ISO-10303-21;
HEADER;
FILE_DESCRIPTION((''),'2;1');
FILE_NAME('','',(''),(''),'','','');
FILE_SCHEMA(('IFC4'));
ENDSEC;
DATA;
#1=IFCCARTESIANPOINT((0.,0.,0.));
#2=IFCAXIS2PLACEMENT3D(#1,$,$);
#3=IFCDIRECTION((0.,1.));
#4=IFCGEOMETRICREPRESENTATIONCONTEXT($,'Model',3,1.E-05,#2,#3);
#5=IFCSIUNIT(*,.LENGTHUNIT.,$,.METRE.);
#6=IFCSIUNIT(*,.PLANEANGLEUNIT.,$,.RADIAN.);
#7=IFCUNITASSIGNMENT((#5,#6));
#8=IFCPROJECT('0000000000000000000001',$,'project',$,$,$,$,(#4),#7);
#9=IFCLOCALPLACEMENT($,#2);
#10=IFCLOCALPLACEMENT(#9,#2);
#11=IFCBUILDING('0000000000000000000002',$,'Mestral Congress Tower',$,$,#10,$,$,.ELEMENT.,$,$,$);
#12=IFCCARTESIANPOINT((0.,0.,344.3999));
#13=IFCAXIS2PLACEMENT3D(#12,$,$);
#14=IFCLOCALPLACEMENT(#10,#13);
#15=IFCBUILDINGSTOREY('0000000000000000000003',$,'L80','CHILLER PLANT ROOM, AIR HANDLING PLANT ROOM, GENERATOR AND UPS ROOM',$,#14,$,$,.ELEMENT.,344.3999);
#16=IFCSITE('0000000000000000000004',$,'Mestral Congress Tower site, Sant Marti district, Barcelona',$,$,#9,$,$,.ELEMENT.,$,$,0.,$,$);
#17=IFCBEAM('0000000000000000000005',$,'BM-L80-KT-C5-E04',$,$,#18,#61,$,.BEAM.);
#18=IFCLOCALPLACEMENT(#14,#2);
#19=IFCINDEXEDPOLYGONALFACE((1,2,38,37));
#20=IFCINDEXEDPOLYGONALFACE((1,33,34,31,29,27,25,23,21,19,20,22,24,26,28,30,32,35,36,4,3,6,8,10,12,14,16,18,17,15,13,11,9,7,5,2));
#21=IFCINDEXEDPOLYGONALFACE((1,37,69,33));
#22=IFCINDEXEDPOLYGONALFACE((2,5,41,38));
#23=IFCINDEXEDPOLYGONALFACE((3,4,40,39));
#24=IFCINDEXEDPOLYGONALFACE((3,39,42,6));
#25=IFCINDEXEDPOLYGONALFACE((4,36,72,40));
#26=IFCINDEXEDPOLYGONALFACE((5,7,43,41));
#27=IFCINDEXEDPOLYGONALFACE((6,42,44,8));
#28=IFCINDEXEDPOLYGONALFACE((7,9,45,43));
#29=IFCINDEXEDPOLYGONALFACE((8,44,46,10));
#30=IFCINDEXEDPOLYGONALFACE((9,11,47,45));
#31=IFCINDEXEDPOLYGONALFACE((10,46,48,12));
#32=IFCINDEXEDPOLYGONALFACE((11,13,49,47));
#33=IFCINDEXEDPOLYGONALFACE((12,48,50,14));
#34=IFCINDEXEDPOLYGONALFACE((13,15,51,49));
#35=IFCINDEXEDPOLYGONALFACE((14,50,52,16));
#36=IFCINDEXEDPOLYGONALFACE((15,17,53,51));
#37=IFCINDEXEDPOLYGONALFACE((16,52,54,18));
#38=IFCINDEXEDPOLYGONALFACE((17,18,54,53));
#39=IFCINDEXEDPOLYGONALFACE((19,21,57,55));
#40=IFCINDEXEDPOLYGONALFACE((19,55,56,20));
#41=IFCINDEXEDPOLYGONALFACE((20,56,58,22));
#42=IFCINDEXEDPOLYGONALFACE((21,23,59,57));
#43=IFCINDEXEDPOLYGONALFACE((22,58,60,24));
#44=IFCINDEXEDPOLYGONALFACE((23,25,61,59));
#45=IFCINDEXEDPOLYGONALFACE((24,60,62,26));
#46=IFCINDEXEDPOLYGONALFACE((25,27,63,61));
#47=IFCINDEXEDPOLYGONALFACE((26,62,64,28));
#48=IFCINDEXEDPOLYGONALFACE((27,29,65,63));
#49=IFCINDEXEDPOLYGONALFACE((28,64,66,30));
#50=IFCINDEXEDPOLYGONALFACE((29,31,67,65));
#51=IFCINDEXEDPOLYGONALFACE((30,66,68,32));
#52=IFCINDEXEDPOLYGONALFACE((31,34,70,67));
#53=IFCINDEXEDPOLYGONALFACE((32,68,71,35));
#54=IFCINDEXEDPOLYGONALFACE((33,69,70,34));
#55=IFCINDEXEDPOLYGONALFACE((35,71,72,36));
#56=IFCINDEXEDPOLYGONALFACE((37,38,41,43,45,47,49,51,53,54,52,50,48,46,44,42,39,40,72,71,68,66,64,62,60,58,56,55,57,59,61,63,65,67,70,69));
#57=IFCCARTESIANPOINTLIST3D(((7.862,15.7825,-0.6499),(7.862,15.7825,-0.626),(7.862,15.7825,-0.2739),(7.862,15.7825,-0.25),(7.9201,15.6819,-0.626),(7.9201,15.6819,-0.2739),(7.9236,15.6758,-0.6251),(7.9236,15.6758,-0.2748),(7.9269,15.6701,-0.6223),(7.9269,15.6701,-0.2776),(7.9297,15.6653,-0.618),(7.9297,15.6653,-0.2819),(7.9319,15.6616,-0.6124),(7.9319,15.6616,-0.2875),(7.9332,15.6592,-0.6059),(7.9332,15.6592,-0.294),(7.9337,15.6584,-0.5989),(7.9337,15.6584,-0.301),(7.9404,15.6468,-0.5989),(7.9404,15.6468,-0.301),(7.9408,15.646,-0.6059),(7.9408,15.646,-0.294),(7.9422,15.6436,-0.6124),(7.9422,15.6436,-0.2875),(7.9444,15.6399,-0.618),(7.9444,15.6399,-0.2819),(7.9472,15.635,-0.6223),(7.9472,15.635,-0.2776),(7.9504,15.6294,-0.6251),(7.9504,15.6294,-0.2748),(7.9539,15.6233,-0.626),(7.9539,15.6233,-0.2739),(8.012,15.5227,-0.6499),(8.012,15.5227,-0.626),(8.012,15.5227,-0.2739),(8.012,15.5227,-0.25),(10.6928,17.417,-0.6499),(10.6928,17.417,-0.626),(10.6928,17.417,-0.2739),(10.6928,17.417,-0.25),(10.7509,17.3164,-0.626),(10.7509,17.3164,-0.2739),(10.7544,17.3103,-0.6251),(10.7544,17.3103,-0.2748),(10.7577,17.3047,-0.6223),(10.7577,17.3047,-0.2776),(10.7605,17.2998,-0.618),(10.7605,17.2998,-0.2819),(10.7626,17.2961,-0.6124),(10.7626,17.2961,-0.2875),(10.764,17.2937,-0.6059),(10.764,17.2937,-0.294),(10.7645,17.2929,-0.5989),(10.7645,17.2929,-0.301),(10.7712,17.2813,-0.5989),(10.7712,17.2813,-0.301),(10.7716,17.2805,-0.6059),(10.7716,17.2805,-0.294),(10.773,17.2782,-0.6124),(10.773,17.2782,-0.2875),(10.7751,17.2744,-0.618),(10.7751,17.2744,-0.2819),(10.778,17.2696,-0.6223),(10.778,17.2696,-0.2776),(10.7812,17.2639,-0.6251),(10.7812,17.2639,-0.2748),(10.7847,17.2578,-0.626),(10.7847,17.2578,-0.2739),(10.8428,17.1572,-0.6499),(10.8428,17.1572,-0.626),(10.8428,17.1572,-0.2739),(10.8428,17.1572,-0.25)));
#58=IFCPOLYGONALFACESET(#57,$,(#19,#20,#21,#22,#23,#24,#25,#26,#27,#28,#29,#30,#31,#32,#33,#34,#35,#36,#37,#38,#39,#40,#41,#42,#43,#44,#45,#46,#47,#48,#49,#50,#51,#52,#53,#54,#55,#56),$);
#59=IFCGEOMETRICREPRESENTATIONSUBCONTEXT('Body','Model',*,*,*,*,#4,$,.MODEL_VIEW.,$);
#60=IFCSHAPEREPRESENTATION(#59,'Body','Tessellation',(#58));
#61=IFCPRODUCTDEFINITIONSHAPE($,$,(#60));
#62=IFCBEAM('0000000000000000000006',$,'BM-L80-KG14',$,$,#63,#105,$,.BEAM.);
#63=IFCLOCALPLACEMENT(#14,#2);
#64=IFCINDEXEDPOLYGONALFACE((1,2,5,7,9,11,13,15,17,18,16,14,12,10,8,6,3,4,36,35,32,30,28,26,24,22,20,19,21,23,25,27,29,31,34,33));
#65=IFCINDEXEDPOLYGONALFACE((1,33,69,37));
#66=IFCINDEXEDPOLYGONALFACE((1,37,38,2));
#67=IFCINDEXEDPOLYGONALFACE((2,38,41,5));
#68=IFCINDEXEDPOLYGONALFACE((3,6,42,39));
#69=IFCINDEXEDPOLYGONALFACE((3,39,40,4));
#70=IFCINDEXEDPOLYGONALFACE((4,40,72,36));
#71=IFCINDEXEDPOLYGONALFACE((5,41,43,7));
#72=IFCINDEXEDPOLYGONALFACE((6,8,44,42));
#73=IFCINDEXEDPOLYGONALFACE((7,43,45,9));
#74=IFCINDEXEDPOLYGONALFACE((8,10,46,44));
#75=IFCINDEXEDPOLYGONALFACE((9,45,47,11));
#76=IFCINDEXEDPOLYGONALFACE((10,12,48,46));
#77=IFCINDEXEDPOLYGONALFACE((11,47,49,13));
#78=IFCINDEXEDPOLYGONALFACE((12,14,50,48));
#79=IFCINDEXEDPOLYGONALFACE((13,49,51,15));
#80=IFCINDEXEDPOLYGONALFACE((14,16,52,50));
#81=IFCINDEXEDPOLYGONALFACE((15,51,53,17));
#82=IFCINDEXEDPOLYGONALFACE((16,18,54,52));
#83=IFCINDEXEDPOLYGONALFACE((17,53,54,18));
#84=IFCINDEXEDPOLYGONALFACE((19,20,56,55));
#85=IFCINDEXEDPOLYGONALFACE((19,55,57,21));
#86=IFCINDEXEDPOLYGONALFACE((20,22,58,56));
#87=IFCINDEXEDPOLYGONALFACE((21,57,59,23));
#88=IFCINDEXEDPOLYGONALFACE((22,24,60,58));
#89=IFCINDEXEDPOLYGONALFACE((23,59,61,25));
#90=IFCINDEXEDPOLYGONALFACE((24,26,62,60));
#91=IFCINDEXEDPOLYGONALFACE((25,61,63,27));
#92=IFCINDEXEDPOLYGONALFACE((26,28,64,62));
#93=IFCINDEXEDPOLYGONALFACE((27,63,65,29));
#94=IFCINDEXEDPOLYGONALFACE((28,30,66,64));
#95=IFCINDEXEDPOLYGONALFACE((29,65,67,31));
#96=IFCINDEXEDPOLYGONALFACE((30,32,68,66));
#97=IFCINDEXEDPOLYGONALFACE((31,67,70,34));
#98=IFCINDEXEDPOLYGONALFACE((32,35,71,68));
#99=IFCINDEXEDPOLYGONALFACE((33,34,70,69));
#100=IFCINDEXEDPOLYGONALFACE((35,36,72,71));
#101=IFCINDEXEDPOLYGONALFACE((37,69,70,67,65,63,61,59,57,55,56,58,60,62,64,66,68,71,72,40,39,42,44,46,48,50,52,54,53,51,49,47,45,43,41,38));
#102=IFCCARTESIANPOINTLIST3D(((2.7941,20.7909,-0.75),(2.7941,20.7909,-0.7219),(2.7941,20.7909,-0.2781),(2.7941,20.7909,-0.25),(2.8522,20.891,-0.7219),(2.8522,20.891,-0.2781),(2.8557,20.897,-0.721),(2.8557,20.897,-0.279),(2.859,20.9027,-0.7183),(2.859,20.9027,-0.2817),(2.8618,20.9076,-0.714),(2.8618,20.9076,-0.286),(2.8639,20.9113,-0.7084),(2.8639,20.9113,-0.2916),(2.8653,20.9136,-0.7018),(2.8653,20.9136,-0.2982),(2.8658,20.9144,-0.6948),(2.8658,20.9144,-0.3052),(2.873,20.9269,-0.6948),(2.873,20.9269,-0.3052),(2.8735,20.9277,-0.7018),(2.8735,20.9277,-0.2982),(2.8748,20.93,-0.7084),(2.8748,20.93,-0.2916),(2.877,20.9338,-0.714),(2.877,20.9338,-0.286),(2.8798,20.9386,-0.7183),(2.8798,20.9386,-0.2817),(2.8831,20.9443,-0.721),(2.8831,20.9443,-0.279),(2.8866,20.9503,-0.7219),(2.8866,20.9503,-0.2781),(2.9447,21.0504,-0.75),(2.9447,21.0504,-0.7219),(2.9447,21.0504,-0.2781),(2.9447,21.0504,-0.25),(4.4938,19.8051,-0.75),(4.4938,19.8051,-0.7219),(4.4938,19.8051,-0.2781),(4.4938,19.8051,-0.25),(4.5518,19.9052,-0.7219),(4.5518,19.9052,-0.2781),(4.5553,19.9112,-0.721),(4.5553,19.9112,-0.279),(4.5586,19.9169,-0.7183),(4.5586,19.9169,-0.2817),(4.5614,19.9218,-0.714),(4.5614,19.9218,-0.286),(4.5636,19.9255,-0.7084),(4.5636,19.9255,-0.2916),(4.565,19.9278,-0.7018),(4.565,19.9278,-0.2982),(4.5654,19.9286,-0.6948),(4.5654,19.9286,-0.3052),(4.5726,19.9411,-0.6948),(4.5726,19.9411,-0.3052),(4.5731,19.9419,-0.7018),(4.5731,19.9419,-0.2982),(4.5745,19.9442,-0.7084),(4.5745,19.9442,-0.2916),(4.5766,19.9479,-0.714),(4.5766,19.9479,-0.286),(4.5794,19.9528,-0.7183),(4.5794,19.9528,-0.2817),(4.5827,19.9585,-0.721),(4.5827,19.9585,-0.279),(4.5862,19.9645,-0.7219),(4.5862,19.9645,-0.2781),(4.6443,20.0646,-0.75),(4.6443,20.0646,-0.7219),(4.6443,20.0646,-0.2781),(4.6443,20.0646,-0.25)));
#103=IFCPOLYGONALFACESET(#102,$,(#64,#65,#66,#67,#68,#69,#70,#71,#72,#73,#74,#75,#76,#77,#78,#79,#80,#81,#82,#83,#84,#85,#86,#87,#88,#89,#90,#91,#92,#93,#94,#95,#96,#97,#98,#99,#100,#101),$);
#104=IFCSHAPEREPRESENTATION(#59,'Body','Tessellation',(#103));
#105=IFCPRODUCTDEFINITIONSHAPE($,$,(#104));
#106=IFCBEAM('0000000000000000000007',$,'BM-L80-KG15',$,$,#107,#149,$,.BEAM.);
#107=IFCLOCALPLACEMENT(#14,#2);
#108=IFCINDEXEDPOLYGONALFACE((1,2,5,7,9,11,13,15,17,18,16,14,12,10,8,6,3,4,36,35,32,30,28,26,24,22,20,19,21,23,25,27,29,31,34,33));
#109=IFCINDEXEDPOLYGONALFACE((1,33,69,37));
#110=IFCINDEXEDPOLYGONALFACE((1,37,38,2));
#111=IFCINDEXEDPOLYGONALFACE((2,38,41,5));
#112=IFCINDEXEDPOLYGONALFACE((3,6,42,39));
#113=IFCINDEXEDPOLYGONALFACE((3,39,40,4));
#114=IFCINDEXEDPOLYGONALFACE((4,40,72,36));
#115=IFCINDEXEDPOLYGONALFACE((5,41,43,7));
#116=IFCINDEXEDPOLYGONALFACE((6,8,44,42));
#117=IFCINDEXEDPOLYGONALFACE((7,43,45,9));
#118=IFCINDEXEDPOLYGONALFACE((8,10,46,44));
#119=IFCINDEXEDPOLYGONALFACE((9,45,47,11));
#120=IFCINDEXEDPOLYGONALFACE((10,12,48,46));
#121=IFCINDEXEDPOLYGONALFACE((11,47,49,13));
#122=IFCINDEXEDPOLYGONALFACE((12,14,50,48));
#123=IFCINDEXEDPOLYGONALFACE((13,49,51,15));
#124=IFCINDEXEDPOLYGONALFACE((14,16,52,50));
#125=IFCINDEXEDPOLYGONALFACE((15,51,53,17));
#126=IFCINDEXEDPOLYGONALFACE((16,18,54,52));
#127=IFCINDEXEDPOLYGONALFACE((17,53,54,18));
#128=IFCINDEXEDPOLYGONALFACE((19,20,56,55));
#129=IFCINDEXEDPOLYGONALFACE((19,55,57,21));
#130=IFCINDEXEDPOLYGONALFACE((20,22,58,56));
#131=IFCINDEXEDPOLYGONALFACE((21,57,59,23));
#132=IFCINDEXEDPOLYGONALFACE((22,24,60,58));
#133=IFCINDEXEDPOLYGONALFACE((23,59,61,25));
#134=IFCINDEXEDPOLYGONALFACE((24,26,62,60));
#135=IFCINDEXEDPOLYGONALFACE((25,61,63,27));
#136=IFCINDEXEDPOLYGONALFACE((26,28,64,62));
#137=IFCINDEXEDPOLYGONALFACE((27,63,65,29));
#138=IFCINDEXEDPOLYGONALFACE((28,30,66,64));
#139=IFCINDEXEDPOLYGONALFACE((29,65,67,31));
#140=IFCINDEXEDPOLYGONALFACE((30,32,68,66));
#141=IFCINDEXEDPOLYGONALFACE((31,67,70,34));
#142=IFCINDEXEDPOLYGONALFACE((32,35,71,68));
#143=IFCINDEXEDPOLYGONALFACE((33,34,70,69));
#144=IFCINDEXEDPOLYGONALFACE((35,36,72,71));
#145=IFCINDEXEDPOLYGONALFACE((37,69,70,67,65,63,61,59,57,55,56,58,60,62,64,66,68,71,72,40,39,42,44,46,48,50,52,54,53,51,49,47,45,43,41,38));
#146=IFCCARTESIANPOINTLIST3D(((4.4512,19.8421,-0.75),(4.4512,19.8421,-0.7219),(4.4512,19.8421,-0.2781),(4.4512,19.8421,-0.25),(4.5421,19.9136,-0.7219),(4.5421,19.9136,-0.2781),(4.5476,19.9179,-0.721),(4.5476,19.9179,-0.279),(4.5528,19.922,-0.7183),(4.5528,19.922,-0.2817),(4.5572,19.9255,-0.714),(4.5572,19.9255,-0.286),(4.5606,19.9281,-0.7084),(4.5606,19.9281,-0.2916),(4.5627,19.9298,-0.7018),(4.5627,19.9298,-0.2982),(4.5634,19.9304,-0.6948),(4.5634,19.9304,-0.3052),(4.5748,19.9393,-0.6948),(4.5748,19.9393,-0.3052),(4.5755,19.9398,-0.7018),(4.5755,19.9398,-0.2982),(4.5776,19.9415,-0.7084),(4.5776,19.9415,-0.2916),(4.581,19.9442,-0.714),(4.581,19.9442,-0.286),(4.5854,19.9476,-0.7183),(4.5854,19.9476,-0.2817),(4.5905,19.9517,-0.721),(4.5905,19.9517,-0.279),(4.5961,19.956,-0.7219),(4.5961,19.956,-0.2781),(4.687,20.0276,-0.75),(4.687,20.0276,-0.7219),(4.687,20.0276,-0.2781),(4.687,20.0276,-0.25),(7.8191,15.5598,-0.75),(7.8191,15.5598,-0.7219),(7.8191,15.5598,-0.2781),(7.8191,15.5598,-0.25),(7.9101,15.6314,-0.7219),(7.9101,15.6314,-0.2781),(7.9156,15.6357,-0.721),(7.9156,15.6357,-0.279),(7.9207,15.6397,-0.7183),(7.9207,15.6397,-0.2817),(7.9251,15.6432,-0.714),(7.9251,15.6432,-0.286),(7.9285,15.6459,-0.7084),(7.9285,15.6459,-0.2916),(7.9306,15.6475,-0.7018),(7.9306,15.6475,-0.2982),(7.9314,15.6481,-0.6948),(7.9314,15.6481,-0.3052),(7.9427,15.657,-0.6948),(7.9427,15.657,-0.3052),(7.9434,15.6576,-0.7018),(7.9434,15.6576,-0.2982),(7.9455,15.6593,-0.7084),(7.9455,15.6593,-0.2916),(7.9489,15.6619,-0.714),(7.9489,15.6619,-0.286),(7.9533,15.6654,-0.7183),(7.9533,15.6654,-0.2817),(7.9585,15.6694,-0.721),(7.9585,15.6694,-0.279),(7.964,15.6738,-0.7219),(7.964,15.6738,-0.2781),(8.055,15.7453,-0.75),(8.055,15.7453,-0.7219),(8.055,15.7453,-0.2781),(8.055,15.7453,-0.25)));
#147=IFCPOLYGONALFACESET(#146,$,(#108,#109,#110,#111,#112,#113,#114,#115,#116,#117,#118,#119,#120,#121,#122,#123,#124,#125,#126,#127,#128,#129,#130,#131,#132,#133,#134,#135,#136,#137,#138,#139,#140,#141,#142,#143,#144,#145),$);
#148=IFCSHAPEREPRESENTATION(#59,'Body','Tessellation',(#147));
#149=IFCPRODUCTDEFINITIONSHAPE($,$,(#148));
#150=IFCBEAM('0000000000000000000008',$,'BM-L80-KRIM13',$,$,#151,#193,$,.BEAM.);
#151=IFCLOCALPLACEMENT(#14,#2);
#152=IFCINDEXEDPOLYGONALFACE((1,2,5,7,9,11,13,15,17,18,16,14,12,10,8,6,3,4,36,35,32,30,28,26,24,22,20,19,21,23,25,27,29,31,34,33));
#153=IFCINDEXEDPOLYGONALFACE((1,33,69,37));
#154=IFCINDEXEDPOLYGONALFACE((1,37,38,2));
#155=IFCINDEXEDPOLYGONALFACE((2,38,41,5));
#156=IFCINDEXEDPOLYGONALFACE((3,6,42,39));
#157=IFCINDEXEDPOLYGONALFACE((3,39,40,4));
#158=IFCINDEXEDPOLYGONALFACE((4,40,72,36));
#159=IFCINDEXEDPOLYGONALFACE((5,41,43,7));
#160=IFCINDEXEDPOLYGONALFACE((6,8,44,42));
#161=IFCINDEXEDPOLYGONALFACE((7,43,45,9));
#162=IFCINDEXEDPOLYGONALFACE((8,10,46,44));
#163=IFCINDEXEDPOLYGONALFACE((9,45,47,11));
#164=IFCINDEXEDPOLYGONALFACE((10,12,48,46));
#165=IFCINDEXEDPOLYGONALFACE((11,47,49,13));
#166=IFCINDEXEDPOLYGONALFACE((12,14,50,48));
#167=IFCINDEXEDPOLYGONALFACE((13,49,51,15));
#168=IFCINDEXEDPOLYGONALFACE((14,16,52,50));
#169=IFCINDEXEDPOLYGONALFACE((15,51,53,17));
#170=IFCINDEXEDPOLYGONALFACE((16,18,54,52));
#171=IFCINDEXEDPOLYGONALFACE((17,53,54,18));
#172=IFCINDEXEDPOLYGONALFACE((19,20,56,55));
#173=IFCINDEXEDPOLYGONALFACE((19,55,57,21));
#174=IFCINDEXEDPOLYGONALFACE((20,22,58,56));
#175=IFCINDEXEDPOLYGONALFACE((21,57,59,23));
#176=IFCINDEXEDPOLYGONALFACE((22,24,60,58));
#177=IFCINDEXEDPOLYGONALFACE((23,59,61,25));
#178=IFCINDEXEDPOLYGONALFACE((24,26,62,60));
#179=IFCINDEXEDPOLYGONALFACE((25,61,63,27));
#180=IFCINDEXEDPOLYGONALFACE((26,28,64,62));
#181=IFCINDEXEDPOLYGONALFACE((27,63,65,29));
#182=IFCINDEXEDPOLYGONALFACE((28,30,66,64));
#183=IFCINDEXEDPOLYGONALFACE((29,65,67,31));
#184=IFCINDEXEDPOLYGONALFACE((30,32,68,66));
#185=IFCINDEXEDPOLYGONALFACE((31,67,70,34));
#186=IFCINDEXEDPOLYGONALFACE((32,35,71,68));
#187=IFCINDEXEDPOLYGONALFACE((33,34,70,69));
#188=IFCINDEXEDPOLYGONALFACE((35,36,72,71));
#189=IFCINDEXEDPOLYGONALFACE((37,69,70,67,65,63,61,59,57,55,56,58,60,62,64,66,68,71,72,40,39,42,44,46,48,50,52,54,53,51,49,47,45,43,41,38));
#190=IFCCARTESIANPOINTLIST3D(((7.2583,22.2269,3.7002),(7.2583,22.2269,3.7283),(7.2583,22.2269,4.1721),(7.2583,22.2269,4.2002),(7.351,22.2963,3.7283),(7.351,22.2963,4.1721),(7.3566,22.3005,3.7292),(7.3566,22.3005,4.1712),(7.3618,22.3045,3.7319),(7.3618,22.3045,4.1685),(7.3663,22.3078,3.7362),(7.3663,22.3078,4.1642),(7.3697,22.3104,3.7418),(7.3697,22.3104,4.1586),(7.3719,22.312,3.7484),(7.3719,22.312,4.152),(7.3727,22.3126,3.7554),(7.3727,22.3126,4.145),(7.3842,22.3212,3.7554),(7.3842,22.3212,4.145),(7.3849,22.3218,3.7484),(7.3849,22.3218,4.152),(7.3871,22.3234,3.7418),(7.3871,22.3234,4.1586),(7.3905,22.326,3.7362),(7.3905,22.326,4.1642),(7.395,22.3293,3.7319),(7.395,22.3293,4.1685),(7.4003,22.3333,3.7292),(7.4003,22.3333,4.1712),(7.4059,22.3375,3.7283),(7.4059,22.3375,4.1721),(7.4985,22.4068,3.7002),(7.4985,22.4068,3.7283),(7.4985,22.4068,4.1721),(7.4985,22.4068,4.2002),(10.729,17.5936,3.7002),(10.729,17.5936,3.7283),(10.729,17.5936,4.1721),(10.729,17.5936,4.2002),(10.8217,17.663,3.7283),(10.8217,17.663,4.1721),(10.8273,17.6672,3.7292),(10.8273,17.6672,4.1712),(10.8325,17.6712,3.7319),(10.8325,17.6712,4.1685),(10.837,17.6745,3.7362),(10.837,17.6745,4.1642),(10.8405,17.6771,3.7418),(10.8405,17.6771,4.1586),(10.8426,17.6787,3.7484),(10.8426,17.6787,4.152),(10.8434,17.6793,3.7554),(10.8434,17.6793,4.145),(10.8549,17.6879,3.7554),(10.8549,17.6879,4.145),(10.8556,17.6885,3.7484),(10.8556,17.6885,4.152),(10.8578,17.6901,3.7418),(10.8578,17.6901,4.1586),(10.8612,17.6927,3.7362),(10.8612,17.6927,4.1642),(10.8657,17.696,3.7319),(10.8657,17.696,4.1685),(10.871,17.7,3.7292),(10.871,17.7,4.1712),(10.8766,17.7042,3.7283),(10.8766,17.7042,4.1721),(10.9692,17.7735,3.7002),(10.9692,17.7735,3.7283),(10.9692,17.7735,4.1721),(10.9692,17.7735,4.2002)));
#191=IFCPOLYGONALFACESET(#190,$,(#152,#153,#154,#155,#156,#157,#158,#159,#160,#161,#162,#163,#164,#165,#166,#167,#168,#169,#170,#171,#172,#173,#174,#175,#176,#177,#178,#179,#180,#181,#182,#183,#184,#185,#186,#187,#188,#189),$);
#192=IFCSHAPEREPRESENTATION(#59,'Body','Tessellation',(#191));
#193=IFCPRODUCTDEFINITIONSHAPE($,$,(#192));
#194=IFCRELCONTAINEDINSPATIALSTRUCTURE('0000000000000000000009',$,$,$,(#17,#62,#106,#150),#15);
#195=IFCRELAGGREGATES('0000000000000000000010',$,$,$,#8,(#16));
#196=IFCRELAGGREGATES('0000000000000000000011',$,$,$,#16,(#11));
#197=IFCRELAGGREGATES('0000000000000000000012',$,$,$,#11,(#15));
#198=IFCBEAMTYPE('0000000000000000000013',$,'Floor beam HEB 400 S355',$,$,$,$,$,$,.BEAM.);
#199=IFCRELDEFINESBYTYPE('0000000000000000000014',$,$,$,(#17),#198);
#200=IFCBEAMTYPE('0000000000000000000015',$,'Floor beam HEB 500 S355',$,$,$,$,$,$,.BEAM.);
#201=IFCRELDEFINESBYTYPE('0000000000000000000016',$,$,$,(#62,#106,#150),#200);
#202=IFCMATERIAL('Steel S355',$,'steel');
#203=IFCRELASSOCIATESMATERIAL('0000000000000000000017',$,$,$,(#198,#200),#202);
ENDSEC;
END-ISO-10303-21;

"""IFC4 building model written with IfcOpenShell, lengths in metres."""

from ifc_helpers import new_model, si_unit, direction, frame, origin, origin_2d, place, context, subcontext, project, spatial, i_section, extrude, material, material_profile, profile_set, type_object, element, save


model = new_model("IFC4")

# Units and contexts
model_context = context("Model", 3, precision=1e-05, world=origin(), true_north=direction((0.0, 1.0)))
body_context = subcontext(model_context, "Body", "Model", "MODEL_VIEW")
ifc_project = project(units=[si_unit("LENGTHUNIT", "METRE"), si_unit("PLANEANGLEUNIT", "RADIAN")], contexts=[model_context])

# Site, building, storey
site_placement = place(None, origin())
site = spatial("IfcSite", under=ifc_project, at=site_placement, Name="Mestral Congress Tower site, Sant Marti district, Barcelona", CompositionType="ELEMENT", RefElevation=0.0)
building_placement = place(site_placement, origin())
building = spatial("IfcBuilding", under=site, at=building_placement, Name="Mestral Congress Tower", CompositionType="ELEMENT")
storey_placement = place(building_placement, frame((0.0, 0.0, 344.3999)))
storey = spatial("IfcBuildingStorey", under=building, at=storey_placement, Name="L80", Description="CHILLER PLANT ROOM, AIR HANDLING PLANT ROOM, GENERATOR AND UPS ROOM", CompositionType="ELEMENT", Elevation=344.3999)

# Shared definitions
ifc_material_1 = material(Name="Steel S355", Category="steel")

# Beams
ifc_material_profile_1 = material_profile(ifc_material_1, i_section(OverallWidth=0.3, OverallDepth=0.3999, WebThickness=0.0134, FlangeThickness=0.0239, FilletRadius=0.0271, at=origin_2d()), Name="HEB 400")
ifc_profile_set_1 = profile_set([ifc_material_profile_1], Name="Steel S355")
beam_type_1 = type_object("IfcBeamType", Name="Floor beam HEB 400 S355", PredefinedType="BEAM", material=ifc_profile_set_1)
beam_1_placement = place(storey_placement, frame((10.7678, 17.2871, -0.45), z_axis=(-0.866005, -0.500035, 0.0), x_axis=(0.500035, -0.866005, 0.0)))
element("IfcBeam", 1, at=beam_1_placement, inside=storey, type_object=beam_type_1, Name="BM-L80-KT-C5-E04", PredefinedType="BEAM", context=body_context, shape_type="SweptSolid", body=[
    extrude(i_section(OverallWidth=0.3, OverallDepth=0.3999, WebThickness=0.0134, FlangeThickness=0.0239, FilletRadius=0.0271, at=origin_2d()), origin(), (0.0, 0.0, 1.0), 3.2688),
])
ifc_material_profile_2 = material_profile(ifc_material_1, i_section(OverallWidth=0.3, OverallDepth=0.5, WebThickness=0.0144, FlangeThickness=0.0281, FilletRadius=0.0271, at=origin_2d()), Name="HEB 500")
ifc_profile_set_2 = profile_set([ifc_material_profile_2], Name="Steel S355")
beam_type_2 = type_object("IfcBeamType", Name="Floor beam HEB 500 S355", PredefinedType="BEAM", material=ifc_profile_set_2)
beam_2_placement = place(storey_placement, frame((2.8694, 20.9207, -0.5), z_axis=(0.865029, -0.501722, 0.0), x_axis=(0.501722, 0.865029, 0.0)))
element("IfcBeam", 2, at=beam_2_placement, inside=storey, type_object=beam_type_2, Name="BM-L80-KG14", PredefinedType="BEAM", context=body_context, shape_type="SweptSolid", body=[
    extrude(i_section(OverallWidth=0.3, OverallDepth=0.5, WebThickness=0.0144, FlangeThickness=0.0281, FilletRadius=0.0271, at=origin_2d()), origin(), (0.0, 0.0, 1.0), 1.9648),
])
beam_3_placement = place(storey_placement, frame((4.5691, 19.9348, -0.5), z_axis=(0.618198, -0.786023, 0.0), x_axis=(0.786023, 0.618198, 0.0)))
element("IfcBeam", 3, at=beam_3_placement, inside=storey, type_object=beam_type_2, Name="BM-L80-KG15", PredefinedType="BEAM", context=body_context, shape_type="SweptSolid", body=[
    extrude(i_section(OverallWidth=0.3, OverallDepth=0.5, WebThickness=0.0144, FlangeThickness=0.0281, FilletRadius=0.0271, at=origin_2d()), origin(), (0.0, 0.0, 1.0), 5.448),
])
beam_4_placement = place(storey_placement, frame((10.8491, 17.6836, 3.9502), z_axis=(-0.599528, 0.800354, 0.0), x_axis=(-0.800354, -0.599528, 0.0)))
element("IfcBeam", 4, at=beam_4_placement, inside=storey, type_object=beam_type_2, Name="BM-L80-KRIM13", PredefinedType="BEAM", context=body_context, shape_type="SweptSolid", body=[
    extrude(i_section(OverallWidth=0.3, OverallDepth=0.5, WebThickness=0.0144, FlangeThickness=0.0281, FilletRadius=0.0271, at=origin_2d()), origin(), (0.0, 0.0, 1.0), 5.7891),
])

save(model, "model.ifc")
